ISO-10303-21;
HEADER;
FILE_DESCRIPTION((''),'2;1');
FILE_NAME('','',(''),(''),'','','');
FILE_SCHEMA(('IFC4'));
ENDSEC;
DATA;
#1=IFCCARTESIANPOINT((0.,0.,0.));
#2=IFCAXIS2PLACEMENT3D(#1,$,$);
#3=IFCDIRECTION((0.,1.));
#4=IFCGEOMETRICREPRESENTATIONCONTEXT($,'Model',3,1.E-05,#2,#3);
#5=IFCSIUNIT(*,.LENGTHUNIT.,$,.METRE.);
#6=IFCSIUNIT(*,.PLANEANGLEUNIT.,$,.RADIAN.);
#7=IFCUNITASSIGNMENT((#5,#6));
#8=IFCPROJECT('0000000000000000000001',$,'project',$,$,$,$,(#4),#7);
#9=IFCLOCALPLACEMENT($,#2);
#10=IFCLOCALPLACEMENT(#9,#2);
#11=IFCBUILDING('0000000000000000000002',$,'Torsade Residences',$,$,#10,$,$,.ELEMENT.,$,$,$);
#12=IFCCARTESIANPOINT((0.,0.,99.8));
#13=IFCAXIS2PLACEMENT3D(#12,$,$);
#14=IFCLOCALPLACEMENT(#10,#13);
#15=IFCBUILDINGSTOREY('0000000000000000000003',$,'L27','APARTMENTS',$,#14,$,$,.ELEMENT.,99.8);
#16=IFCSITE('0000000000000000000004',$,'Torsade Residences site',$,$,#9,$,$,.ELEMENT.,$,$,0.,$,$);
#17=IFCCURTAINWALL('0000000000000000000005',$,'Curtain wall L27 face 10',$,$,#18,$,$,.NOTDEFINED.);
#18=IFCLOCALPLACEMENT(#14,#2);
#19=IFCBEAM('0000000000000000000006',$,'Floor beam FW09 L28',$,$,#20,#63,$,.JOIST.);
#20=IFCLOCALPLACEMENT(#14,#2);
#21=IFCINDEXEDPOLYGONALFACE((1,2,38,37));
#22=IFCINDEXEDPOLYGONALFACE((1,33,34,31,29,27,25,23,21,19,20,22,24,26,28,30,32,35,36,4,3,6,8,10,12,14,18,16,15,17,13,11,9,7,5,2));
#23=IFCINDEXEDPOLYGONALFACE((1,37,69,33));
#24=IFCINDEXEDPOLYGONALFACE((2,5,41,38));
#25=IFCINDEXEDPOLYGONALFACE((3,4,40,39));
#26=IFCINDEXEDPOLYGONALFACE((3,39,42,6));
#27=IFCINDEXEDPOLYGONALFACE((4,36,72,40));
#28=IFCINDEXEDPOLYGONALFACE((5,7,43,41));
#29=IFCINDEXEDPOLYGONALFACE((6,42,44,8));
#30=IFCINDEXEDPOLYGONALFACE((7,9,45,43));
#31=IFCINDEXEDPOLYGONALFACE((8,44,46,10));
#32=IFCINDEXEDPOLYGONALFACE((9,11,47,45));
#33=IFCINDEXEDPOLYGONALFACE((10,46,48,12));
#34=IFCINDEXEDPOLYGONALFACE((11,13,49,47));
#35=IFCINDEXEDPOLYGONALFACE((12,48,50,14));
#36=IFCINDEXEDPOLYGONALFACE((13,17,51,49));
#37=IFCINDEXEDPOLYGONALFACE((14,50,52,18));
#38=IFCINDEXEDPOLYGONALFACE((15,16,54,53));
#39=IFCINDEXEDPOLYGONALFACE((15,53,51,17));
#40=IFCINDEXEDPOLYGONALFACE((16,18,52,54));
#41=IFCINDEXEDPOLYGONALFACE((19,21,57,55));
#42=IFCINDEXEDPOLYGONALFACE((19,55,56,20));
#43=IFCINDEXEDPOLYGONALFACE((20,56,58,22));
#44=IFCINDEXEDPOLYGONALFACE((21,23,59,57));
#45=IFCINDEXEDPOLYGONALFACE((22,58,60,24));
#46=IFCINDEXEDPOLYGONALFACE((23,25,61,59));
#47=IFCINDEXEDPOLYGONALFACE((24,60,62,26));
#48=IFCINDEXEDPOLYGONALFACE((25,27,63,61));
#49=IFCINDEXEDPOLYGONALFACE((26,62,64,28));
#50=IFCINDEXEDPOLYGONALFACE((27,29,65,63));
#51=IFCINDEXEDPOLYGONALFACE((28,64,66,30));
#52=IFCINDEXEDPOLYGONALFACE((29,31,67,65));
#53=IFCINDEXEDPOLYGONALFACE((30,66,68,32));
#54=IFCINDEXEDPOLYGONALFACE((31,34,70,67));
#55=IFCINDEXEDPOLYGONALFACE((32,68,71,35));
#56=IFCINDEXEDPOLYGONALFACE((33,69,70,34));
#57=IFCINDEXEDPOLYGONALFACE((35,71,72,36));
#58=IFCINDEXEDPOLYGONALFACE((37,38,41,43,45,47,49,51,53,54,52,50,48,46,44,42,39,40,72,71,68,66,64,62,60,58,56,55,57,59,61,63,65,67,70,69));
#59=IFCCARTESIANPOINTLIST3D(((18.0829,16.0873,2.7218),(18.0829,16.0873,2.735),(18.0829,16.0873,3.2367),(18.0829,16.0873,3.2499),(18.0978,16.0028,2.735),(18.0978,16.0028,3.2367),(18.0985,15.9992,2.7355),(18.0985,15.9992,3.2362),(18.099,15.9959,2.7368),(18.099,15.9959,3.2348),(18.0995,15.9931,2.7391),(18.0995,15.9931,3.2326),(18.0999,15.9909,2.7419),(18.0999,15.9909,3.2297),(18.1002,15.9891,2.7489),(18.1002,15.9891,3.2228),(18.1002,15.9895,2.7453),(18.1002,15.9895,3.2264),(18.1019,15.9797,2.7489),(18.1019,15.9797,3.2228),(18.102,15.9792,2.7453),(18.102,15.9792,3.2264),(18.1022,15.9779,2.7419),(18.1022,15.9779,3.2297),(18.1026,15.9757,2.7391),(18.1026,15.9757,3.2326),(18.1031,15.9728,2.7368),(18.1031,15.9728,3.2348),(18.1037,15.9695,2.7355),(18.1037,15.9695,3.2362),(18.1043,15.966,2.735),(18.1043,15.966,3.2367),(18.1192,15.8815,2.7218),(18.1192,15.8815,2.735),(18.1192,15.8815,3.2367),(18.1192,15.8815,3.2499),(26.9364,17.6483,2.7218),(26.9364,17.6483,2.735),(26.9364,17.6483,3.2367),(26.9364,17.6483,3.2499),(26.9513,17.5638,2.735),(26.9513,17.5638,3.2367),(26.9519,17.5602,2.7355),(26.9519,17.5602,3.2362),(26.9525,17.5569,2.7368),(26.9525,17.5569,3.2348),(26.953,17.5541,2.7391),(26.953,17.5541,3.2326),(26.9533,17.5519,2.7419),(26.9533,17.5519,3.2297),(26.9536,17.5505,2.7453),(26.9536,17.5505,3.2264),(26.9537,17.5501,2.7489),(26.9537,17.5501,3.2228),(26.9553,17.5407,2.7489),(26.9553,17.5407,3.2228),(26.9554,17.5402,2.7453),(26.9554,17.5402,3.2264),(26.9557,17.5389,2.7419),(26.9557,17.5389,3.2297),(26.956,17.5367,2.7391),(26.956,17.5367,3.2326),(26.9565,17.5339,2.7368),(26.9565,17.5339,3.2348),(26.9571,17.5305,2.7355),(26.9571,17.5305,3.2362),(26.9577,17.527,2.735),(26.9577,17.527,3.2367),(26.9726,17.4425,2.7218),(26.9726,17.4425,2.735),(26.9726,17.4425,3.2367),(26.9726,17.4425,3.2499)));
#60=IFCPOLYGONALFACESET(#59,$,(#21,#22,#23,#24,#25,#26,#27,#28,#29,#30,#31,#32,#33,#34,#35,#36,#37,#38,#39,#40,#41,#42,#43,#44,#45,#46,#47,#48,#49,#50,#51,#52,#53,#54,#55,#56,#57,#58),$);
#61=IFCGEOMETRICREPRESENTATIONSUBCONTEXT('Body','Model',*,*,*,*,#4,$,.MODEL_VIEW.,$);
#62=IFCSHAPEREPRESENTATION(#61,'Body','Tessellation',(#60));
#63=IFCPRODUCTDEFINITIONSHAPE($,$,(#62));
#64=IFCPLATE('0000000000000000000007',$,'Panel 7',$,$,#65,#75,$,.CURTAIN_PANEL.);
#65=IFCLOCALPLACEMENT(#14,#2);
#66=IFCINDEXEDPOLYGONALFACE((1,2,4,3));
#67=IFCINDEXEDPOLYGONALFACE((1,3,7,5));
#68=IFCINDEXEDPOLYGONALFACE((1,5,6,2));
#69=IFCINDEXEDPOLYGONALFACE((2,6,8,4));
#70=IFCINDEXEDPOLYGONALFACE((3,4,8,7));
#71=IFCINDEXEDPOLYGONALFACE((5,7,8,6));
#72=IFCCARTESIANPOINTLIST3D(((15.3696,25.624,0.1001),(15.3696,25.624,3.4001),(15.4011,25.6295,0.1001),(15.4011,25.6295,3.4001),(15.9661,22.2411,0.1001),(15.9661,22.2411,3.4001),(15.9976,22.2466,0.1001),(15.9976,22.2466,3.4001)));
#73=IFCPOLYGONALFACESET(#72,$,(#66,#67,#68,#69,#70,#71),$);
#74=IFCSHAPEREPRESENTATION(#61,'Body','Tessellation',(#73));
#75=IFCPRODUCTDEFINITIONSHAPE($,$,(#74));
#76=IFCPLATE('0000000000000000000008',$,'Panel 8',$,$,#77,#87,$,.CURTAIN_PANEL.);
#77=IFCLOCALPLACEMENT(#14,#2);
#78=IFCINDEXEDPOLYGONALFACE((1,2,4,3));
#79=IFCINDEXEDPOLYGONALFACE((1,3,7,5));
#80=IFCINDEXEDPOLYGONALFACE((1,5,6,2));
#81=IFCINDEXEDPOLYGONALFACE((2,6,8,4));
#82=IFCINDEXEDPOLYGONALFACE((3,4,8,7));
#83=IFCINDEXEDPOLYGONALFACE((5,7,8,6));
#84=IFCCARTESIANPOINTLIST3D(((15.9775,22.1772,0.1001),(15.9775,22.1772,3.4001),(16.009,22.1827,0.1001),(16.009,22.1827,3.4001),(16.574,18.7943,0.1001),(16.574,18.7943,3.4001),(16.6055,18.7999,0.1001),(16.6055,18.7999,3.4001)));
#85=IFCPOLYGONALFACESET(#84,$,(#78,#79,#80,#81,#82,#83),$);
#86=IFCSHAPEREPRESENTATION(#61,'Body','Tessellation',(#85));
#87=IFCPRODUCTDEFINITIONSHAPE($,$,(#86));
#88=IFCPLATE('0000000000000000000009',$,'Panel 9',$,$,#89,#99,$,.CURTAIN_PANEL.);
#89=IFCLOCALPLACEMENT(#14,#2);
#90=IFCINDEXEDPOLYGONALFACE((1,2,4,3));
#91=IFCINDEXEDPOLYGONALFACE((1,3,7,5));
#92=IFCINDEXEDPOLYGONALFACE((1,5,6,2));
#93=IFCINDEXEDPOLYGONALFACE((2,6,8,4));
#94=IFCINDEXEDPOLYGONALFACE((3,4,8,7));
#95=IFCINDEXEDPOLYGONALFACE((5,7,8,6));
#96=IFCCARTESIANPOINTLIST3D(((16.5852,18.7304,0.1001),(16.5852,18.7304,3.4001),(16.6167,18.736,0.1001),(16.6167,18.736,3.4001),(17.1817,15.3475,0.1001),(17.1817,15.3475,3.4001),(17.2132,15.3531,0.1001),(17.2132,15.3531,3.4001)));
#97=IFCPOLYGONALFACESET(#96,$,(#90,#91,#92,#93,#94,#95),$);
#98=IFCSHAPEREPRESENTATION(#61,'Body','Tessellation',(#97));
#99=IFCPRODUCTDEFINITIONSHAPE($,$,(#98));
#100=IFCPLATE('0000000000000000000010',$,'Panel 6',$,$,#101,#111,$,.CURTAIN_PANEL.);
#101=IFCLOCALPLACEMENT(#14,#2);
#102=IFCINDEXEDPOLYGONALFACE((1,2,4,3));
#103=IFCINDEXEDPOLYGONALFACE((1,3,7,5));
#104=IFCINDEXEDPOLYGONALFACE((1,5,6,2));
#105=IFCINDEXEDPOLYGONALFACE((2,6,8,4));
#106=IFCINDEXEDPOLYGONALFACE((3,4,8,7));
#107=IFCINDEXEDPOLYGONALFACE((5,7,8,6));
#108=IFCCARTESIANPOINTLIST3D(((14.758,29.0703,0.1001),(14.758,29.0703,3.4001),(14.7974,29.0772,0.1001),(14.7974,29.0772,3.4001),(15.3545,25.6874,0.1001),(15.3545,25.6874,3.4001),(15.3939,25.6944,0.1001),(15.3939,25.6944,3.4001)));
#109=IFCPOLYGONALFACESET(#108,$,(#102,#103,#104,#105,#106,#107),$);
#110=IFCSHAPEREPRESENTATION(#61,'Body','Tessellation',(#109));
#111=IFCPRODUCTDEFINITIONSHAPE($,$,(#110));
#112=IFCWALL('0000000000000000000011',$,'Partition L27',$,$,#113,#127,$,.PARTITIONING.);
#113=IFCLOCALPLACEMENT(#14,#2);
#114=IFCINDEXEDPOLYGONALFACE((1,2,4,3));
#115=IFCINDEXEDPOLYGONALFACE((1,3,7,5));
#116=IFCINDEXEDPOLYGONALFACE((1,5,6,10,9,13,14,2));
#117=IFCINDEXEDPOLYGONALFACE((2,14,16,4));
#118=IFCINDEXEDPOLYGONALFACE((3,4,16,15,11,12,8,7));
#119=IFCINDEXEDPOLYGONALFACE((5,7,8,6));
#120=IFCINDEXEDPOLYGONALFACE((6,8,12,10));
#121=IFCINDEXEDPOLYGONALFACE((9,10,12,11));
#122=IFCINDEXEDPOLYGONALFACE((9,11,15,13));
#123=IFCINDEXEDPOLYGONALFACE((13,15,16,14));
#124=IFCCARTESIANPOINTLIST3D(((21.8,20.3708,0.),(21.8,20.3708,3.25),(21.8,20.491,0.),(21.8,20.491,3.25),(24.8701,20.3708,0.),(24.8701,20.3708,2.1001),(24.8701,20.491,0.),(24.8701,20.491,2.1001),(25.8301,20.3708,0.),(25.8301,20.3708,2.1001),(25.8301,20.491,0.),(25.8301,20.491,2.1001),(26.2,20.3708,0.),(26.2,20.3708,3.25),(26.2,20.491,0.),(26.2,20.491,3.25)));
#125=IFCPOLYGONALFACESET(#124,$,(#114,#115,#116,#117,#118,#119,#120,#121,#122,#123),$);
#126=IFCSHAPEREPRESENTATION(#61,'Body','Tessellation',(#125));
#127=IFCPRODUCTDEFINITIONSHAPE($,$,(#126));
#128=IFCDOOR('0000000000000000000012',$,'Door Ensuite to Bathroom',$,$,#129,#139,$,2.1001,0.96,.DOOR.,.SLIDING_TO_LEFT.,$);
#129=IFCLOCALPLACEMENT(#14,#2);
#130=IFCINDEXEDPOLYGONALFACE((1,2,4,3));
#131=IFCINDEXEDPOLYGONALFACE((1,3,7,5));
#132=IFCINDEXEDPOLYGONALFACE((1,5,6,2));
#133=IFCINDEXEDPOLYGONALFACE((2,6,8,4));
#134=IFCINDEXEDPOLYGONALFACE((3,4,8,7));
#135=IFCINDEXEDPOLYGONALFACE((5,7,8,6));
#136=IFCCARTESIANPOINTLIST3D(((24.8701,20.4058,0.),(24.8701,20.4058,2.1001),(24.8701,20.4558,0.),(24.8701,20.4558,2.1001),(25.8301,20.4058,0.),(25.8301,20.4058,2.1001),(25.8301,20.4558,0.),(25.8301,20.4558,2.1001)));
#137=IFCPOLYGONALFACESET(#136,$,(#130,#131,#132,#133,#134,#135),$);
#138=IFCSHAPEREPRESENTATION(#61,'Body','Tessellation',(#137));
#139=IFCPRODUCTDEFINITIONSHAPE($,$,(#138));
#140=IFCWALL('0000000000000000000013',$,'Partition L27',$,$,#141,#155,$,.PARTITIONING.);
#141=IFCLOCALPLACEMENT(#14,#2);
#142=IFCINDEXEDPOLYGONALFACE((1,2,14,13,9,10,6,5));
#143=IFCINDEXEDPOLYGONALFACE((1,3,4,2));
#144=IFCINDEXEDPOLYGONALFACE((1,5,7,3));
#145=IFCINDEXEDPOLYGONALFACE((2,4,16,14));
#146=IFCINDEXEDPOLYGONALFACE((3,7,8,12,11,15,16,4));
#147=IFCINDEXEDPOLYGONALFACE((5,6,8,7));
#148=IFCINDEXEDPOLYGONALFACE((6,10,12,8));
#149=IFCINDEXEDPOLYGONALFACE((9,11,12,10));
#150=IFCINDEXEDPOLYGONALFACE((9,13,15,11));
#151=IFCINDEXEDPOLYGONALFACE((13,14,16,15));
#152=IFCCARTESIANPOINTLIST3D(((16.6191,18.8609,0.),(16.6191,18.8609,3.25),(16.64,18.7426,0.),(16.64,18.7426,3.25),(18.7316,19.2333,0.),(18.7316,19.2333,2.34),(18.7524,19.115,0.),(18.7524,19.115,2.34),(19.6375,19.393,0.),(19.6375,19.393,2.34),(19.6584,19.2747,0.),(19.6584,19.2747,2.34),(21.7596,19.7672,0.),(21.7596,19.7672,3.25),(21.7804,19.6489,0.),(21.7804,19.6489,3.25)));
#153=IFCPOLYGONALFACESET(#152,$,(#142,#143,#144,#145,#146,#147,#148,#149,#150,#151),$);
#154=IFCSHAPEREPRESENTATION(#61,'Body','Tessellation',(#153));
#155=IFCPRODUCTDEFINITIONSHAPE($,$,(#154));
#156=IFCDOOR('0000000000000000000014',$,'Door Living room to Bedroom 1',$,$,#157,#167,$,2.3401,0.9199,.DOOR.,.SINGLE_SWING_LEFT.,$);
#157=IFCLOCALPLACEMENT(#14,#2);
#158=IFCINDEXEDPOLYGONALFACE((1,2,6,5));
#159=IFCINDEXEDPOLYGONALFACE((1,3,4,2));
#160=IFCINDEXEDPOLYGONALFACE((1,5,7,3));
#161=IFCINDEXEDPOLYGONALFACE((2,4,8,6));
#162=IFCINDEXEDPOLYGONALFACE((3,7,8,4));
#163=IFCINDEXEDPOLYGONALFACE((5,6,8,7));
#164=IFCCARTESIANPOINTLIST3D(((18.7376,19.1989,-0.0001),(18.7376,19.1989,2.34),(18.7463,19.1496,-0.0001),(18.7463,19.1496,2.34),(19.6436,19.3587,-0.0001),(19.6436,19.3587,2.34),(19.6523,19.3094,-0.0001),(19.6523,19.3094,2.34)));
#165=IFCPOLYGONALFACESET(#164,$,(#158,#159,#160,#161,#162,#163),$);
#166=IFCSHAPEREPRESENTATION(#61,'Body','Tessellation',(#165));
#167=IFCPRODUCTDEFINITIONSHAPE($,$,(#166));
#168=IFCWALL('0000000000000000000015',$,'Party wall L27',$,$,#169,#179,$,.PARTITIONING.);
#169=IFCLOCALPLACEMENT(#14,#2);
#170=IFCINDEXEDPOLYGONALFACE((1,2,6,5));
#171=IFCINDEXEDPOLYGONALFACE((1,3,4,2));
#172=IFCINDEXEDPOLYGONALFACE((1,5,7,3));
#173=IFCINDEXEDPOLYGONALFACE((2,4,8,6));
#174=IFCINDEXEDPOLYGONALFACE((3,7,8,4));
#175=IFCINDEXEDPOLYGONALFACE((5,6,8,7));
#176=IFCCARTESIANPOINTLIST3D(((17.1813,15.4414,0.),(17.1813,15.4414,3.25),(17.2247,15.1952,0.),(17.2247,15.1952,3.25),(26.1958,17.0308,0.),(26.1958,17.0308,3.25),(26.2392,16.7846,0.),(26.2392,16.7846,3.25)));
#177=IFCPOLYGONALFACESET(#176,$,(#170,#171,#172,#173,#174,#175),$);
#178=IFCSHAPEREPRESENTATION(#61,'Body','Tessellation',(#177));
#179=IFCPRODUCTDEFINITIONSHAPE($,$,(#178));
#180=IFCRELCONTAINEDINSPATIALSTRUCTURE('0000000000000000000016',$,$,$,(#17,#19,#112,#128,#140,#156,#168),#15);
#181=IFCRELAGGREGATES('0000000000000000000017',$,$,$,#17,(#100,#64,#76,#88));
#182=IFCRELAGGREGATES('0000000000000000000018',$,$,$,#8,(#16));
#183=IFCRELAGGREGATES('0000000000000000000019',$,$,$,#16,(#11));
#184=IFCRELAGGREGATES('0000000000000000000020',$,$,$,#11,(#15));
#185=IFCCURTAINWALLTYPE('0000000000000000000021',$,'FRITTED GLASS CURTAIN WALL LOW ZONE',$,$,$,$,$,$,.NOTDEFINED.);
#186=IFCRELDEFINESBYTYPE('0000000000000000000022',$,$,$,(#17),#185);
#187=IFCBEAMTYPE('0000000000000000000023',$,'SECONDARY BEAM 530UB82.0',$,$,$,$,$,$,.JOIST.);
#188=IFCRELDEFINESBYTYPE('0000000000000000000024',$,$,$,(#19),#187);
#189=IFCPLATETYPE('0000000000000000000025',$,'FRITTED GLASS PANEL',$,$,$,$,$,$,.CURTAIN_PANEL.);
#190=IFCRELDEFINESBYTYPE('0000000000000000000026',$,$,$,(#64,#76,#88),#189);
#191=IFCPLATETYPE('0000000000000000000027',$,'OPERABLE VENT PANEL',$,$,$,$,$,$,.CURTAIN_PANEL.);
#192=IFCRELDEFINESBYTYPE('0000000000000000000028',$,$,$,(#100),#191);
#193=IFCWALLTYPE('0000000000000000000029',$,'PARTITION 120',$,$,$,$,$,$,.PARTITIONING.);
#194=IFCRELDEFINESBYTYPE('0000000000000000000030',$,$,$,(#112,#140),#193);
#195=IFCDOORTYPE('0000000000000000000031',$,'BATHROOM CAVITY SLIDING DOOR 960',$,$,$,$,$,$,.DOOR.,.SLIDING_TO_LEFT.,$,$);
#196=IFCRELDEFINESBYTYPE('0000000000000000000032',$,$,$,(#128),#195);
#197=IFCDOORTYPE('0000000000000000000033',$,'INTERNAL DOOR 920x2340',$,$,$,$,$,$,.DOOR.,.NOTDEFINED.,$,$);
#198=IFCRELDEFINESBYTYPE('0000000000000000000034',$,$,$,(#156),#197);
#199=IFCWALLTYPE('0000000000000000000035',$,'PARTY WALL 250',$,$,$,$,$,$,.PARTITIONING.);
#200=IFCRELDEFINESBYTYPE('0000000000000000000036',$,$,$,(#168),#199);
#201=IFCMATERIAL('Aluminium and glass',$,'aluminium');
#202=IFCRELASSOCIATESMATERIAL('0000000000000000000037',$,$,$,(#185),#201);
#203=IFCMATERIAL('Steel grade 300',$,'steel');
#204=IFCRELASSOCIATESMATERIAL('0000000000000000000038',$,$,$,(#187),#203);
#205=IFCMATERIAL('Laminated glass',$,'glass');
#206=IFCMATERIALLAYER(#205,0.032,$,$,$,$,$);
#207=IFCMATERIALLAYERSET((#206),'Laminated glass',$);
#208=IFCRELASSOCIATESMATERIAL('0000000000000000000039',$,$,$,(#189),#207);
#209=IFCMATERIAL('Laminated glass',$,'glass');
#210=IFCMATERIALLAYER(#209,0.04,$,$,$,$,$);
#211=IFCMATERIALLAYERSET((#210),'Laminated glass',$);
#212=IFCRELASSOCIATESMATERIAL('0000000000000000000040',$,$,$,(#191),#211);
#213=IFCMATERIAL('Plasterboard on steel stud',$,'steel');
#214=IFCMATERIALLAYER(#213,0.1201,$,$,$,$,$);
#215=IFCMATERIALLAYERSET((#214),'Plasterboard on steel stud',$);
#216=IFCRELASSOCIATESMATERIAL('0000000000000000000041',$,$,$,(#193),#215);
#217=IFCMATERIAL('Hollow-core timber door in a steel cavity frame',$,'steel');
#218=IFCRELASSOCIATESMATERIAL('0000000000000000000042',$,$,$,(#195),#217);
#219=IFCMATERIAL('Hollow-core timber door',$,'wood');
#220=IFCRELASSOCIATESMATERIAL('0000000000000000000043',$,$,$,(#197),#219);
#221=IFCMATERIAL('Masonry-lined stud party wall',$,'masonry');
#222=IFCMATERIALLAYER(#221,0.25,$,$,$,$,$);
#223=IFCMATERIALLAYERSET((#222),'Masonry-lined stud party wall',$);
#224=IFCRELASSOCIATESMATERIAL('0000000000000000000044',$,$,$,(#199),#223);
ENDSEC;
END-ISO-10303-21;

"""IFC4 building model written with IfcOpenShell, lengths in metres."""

from ifc_helpers import new_model, si_unit, direction, frame, frame_2d, origin, origin_2d, place, context, subcontext, project, spatial, rectangle, i_section, extrude, material, layer, layer_set, material_profile, profile_set, type_object, element, fill, aggregate, save


model = new_model("IFC4")

# Units and contexts
model_context = context("Model", 3, precision=1e-05, world=origin(), true_north=direction((0.0, 1.0)))
body_context = subcontext(model_context, "Body", "Model", "MODEL_VIEW")
ifc_project = project(units=[si_unit("LENGTHUNIT", "METRE"), si_unit("PLANEANGLEUNIT", "RADIAN")], contexts=[model_context])

# Site, building, storey
site_placement = place(None, origin())
site = spatial("IfcSite", under=ifc_project, at=site_placement, Name="Torsade Residences site", CompositionType="ELEMENT", RefElevation=0.0)
building_placement = place(site_placement, origin())
building = spatial("IfcBuilding", under=site, at=building_placement, Name="Torsade Residences", CompositionType="ELEMENT")
storey_placement = place(building_placement, frame((0.0, 0.0, 99.8)))
storey = spatial("IfcBuildingStorey", under=building, at=storey_placement, Name="L27", Description="APARTMENTS", CompositionType="ELEMENT", Elevation=99.8)

# Curtain wall
ifc_material_1 = material(Name="Aluminium and glass", Category="aluminium")
curtain_wall_type = type_object("IfcCurtainWallType", Name="FRITTED GLASS CURTAIN WALL LOW ZONE", PredefinedType="NOTDEFINED", material=ifc_material_1)
curtain_wall_placement = place(storey_placement, origin())
curtain_wall = element("IfcCurtainWall", 1, at=curtain_wall_placement, inside=storey, type_object=curtain_wall_type, Name="Curtain wall L27 face 10", PredefinedType="NOTDEFINED")

# Beam
ifc_material_2 = material(Name="Steel grade 300", Category="steel")
ifc_material_profile_1 = material_profile(ifc_material_2, i_section(OverallWidth=0.209, OverallDepth=0.5281, WebThickness=0.0095, FlangeThickness=0.0132, FilletRadius=0.0139, at=origin_2d()), Name="530UB82.0")
ifc_profile_set_1 = profile_set([ifc_material_profile_1], Name="Steel grade 300")
beam_type_1 = type_object("IfcBeamType", Name="SECONDARY BEAM 530UB82.0", PredefinedType="JOIST", material=ifc_profile_set_1)
beam_1_placement = place(storey_placement, frame((18.1011, 15.9844, 2.9858), z_axis=(0.984809, 0.17364, 0.0), x_axis=(-0.17364, 0.984809, 0.0)))
element("IfcBeam", 2, at=beam_1_placement, inside=storey, type_object=beam_type_1, Name="Floor beam FW09 L28", PredefinedType="JOIST", context=body_context, shape_type="SweptSolid", body=[
    extrude(i_section(OverallWidth=0.209, OverallDepth=0.5281, WebThickness=0.0095, FlangeThickness=0.0132, FilletRadius=0.0139, at=origin_2d()), origin(), (0.0, 0.0, 1.0), 8.99),
])

# Plates
ifc_material_3 = material(Name="Laminated glass", Category="glass")
ifc_layer_1 = layer(ifc_material_3, 0.032)
ifc_layer_set_1 = layer_set([ifc_layer_1], Name="Laminated glass")
plate_type_1 = type_object("IfcPlateType", Name="FRITTED GLASS PANEL", PredefinedType="CURTAIN_PANEL", material=ifc_layer_set_1)
plate_1_placement = place(storey_placement, frame((15.6836, 23.9353, 0.1001), z_axis=(0.0, 0.0, 1.0), x_axis=(0.173648, -0.984808, 0.0)))
plate_1 = element("IfcPlate", 3, at=plate_1_placement, type_object=plate_type_1, Name="Panel 7", PredefinedType="CURTAIN_PANEL", context=body_context, shape_type="SweptSolid", body=[
    extrude(rectangle(XDim=3.4351, YDim=0.032, at=origin_2d()), origin(), (0.0, 0.0, 1.0), 3.3),
])
plate_2_placement = place(storey_placement, frame((16.2915, 20.4885, 0.1001), z_axis=(0.0, 0.0, 1.0), x_axis=(0.173648, -0.984808, 0.0)))
plate_2 = element("IfcPlate", 4, at=plate_2_placement, type_object=plate_type_1, Name="Panel 8", PredefinedType="CURTAIN_PANEL", context=body_context, shape_type="SweptSolid", body=[
    extrude(rectangle(XDim=3.4351, YDim=0.032, at=origin_2d()), origin(), (0.0, 0.0, 1.0), 3.3),
])
plate_3_placement = place(storey_placement, frame((16.8992, 17.0417, 0.1001), z_axis=(0.0, 0.0, 1.0), x_axis=(0.173648, -0.984808, 0.0)))
plate_3 = element("IfcPlate", 5, at=plate_3_placement, type_object=plate_type_1, Name="Panel 9", PredefinedType="CURTAIN_PANEL", context=body_context, shape_type="SweptSolid", body=[
    extrude(rectangle(XDim=3.4351, YDim=0.032, at=origin_2d()), origin(), (0.0, 0.0, 1.0), 3.3),
])
ifc_material_4 = material(Name="Laminated glass", Category="glass")
ifc_layer_2 = layer(ifc_material_4, 0.04)
ifc_layer_set_2 = layer_set([ifc_layer_2], Name="Laminated glass")
plate_type_2 = type_object("IfcPlateType", Name="OPERABLE VENT PANEL", PredefinedType="CURTAIN_PANEL", material=ifc_layer_set_2)
plate_4_placement = place(storey_placement, frame((15.0759, 27.3823, 0.1001), z_axis=(0.0, 0.0, 1.0), x_axis=(0.173648, -0.984808, 0.0)))
plate_4 = element("IfcPlate", 6, at=plate_4_placement, type_object=plate_type_2, Name="Panel 6", PredefinedType="CURTAIN_PANEL", context=body_context, shape_type="SweptSolid", body=[
    extrude(rectangle(XDim=3.4351, YDim=0.04, at=origin_2d()), origin(), (0.0, 0.0, 1.0), 3.3),
])
aggregate(curtain_wall, [plate_4, plate_1, plate_2, plate_3])

# Walls, openings, doors
ifc_material_5 = material(Name="Plasterboard on steel stud", Category="steel")
ifc_layer_3 = layer(ifc_material_5, 0.1201)
ifc_layer_set_3 = layer_set([ifc_layer_3], Name="Plasterboard on steel stud")
wall_type_1 = type_object("IfcWallType", Name="PARTITION 120", PredefinedType="PARTITIONING", material=ifc_layer_set_3)
wall_1_placement = place(storey_placement, frame((21.8, 20.4309, 0.0), z_axis=(0.0, 0.0, 1.0), x_axis=(1.0, 0.0, 0.0)))
wall_1 = element("IfcWall", 7, at=wall_1_placement, inside=storey, type_object=wall_type_1, Name="Partition L27", PredefinedType="PARTITIONING", context=body_context, shape_type="SweptSolid", body=[
    extrude(rectangle(XDim=4.3999, YDim=0.1201, at=frame_2d((2.2, 0.0))), origin(), (0.0, 0.0, 1.0), 3.25),
])
opening_1_placement = place(wall_1_placement, frame((3.0701, 0.0, 0.0)))
opening_1 = element("IfcOpeningElement", 8, at=opening_1_placement, cuts=wall_1, PredefinedType="OPENING", context=body_context, shape_type="SweptSolid", body=[
    extrude(rectangle(XDim=0.96, YDim=2.1001, at=frame_2d((0.48, 1.05))), frame((0.0, 0.0701, 0.0), z_axis=(0.0, -1.0, 0.0), x_axis=(1.0, 0.0, 0.0)), (0.0, 0.0, 1.0), 0.1401),
])
ifc_material_6 = material(Name="Hollow-core timber door in a steel cavity frame", Category="steel")
door_type_1 = type_object("IfcDoorType", Name="BATHROOM CAVITY SLIDING DOOR 960", OperationType="SLIDING_TO_LEFT", PredefinedType="DOOR", material=ifc_material_6)
door_1_placement = place(opening_1_placement, origin())
door_1 = element("IfcDoor", 9, at=door_1_placement, inside=storey, type_object=door_type_1, Name="Door Ensuite to Bathroom", OperationType="SLIDING_TO_LEFT", OverallHeight=2.1001, OverallWidth=0.96, PredefinedType="DOOR", context=body_context, shape_type="SweptSolid", body=[
    extrude(rectangle(XDim=0.96, YDim=2.1001, at=frame_2d((0.48, 1.05))), frame((0.0, 0.0249, 0.0), z_axis=(0.0, -1.0, 0.0), x_axis=(1.0, 0.0, 0.0)), (0.0, 0.0, 1.0), 0.05),
])
fill(opening_1, door_1)
wall_2_placement = place(storey_placement, frame((21.77, 19.708, 0.0), z_axis=(0.0, 0.0, 1.0), x_axis=(-0.984812, -0.173623, 0.0)))
wall_2 = element("IfcWall", 10, at=wall_2_placement, inside=storey, type_object=wall_type_1, Name="Partition L27", PredefinedType="PARTITIONING", context=body_context, shape_type="SweptSolid", body=[
    extrude(rectangle(XDim=5.2197, YDim=0.1201, at=frame_2d((2.6099, 0.0))), origin(), (0.0, 0.0, 1.0), 3.25),
])
opening_2_placement = place(wall_2_placement, frame((2.1548, 0.0, 0.0)))
opening_2 = element("IfcOpeningElement", 11, at=opening_2_placement, cuts=wall_2, PredefinedType="OPENING", context=body_context, shape_type="SweptSolid", body=[
    extrude(rectangle(XDim=0.9199, YDim=2.3401, at=frame_2d((0.46, 1.1699))), frame((0.0, 0.0701, 0.0), z_axis=(0.0, -1.0, 0.0), x_axis=(1.0, 0.0, 0.0)), (0.0, 0.0, 1.0), 0.1401),
])
ifc_material_7 = material(Name="Hollow-core timber door", Category="wood")
door_type_2 = type_object("IfcDoorType", Name="INTERNAL DOOR 920x2340", OperationType="NOTDEFINED", PredefinedType="DOOR", material=ifc_material_7)
door_2_placement = place(opening_2_placement, origin())
door_2 = element("IfcDoor", 12, at=door_2_placement, inside=storey, type_object=door_type_2, Name="Door Living room to Bedroom 1", OperationType="SINGLE_SWING_LEFT", OverallHeight=2.3401, OverallWidth=0.9199, PredefinedType="DOOR", context=body_context, shape_type="SweptSolid", body=[
    extrude(rectangle(XDim=0.9199, YDim=2.3401, at=frame_2d((0.46, 1.1699))), frame((0.0, 0.0249, 0.0), z_axis=(0.0, -1.0, 0.0), x_axis=(1.0, 0.0, 0.0)), (0.0, 0.0, 1.0), 0.05),
])
fill(opening_2, door_2)

# Wall
ifc_material_8 = material(Name="Masonry-lined stud party wall", Category="masonry")
ifc_layer_4 = layer(ifc_material_8, 0.25)
ifc_layer_set_4 = layer_set([ifc_layer_4], Name="Masonry-lined stud party wall")
wall_type_2 = type_object("IfcWallType", Name="PARTY WALL 250", PredefinedType="PARTITIONING", material=ifc_layer_set_4)
wall_3_placement = place(storey_placement, frame((17.2031, 15.3184, 0.0), z_axis=(0.0, 0.0, 1.0), x_axis=(0.984811, 0.17363, 0.0)))
element("IfcWall", 13, at=wall_3_placement, inside=storey, type_object=wall_type_2, Name="Party wall L27", PredefinedType="PARTITIONING", context=body_context, shape_type="SweptSolid", body=[
    extrude(rectangle(XDim=9.1536, YDim=0.25, at=frame_2d((4.5767, 0.0))), origin(), (0.0, 0.0, 1.0), 3.25),
])

save(model, "model.ifc")
